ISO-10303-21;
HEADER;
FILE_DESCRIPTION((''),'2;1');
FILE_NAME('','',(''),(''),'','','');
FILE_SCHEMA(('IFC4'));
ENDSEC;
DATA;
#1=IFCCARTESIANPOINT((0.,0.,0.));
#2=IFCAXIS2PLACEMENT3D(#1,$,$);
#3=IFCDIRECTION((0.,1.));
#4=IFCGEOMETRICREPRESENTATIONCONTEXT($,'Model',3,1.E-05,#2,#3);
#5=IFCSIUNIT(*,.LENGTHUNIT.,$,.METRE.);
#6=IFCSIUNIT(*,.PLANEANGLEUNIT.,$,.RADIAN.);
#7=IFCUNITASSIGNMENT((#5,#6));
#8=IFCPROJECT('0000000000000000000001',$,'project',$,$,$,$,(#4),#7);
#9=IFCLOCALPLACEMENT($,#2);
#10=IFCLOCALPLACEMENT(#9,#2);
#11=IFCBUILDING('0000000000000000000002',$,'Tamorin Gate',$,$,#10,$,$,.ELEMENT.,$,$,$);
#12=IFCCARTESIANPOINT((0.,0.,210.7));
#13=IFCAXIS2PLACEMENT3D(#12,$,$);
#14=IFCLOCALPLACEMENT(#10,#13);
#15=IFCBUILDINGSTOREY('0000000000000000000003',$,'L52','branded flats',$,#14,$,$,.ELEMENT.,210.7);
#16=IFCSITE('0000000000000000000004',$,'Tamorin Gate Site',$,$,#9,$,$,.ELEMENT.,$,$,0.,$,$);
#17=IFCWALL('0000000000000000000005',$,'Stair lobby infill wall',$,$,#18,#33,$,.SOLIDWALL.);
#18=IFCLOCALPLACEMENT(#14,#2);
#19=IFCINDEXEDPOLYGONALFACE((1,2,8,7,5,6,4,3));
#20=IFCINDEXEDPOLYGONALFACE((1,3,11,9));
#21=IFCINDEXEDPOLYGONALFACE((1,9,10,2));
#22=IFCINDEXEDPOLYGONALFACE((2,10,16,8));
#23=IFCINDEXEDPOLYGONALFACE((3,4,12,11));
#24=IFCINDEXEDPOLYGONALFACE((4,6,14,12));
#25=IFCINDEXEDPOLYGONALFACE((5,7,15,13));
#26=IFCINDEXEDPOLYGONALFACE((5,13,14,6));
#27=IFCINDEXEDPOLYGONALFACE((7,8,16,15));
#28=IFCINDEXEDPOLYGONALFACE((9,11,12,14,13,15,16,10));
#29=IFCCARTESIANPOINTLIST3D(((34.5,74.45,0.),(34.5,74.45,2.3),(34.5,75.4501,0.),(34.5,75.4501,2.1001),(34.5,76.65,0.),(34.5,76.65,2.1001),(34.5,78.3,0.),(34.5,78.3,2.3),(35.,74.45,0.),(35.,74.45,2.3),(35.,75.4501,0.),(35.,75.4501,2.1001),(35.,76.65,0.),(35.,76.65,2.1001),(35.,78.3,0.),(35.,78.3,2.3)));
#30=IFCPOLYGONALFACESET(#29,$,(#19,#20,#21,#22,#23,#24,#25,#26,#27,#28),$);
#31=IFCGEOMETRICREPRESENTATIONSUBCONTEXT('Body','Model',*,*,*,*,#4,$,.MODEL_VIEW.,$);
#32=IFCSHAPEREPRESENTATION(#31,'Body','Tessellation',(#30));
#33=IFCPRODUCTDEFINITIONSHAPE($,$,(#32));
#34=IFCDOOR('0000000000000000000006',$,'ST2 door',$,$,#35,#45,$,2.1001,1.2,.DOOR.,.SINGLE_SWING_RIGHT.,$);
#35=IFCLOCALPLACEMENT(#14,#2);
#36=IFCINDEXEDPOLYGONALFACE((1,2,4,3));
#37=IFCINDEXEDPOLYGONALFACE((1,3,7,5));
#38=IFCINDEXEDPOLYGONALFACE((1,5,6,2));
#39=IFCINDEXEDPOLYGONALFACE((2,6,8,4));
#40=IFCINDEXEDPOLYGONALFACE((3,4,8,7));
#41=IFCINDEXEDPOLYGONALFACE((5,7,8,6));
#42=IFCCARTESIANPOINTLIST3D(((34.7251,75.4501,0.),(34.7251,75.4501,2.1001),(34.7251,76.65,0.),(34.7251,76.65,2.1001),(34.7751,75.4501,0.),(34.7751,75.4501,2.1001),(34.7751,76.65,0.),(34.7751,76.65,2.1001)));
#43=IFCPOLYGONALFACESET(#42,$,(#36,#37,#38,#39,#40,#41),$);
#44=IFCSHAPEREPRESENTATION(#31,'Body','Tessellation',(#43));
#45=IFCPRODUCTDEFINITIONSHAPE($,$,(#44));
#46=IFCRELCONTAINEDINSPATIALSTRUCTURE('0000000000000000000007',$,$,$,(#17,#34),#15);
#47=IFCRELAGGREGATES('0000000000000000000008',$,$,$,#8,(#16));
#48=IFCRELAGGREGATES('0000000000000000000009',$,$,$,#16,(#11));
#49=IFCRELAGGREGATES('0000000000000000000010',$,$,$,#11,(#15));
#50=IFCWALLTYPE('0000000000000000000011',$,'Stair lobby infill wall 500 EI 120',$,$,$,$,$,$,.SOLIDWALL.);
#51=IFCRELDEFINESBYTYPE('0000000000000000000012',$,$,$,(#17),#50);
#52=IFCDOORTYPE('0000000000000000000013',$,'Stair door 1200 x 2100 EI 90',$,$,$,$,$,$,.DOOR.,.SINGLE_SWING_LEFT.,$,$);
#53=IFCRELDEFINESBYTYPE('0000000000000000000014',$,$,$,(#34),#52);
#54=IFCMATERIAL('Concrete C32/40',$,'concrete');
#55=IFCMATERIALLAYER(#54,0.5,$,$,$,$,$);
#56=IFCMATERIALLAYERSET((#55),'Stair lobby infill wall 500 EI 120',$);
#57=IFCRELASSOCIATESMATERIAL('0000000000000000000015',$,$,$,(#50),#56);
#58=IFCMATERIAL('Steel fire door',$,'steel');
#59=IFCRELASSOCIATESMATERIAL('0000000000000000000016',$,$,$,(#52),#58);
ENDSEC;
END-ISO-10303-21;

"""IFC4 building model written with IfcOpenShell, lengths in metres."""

from ifc_helpers import new_model, si_unit, direction, frame, frame_2d, origin, place, context, subcontext, project, spatial, rectangle, extrude, material, layer, layer_set, type_object, element, fill, save


model = new_model("IFC4")

# Units and contexts
model_context = context("Model", 3, precision=1e-05, world=origin(), true_north=direction((0.0, 1.0)))
body_context = subcontext(model_context, "Body", "Model", "MODEL_VIEW")
ifc_project = project(units=[si_unit("LENGTHUNIT", "METRE"), si_unit("PLANEANGLEUNIT", "RADIAN")], contexts=[model_context])

# Site, building, storey
site_placement = place(None, origin())
site = spatial("IfcSite", under=ifc_project, at=site_placement, Name="Tamorin Gate Site", CompositionType="ELEMENT", RefElevation=0.0)
building_placement = place(site_placement, origin())
building = spatial("IfcBuilding", under=site, at=building_placement, Name="Tamorin Gate", CompositionType="ELEMENT")
storey_placement = place(building_placement, frame((0.0, 0.0, 210.7)))
storey = spatial("IfcBuildingStorey", under=building, at=storey_placement, Name="L52", Description="branded flats", CompositionType="ELEMENT", Elevation=210.7)

# Wall, opening, door
ifc_material_1 = material(Name="Steel fire door", Category="steel")
ifc_material_2 = material(Name="Concrete C32/40", Category="concrete")
ifc_layer_1 = layer(ifc_material_2, 0.5)
ifc_layer_set_1 = layer_set([ifc_layer_1], Name="Stair lobby infill wall 500 EI 120")
wall_type_1 = type_object("IfcWallType", Name="Stair lobby infill wall 500 EI 120", PredefinedType="SOLIDWALL", material=ifc_layer_set_1)
door_type_1 = type_object("IfcDoorType", Name="Stair door 1200 x 2100 EI 90", OperationType="SINGLE_SWING_LEFT", PredefinedType="DOOR", material=ifc_material_1)
wall_1_placement = place(storey_placement, frame((34.75, 74.45, 0.0), z_axis=(0.0, 0.0, 1.0), x_axis=(0.0, 1.0, 0.0)))
wall_1 = element("IfcWall", 1, at=wall_1_placement, inside=storey, type_object=wall_type_1, Name="Stair lobby infill wall", PredefinedType="SOLIDWALL", context=body_context, shape_type="SweptSolid", body=[
    extrude(rectangle(XDim=3.8501, YDim=0.5, at=frame_2d((1.925, 0.0))), origin(), (0.0, 0.0, 1.0), 2.3),
])
opening_1_placement = place(wall_1_placement, frame((1.0, 0.0, 0.0)))
opening_1 = element("IfcOpeningElement", 2, at=opening_1_placement, cuts=wall_1, PredefinedType="OPENING", context=body_context, shape_type="SweptSolid", body=[
    extrude(rectangle(XDim=1.2, YDim=2.1001, at=frame_2d((0.6001, 1.05))), frame((0.0, 0.26, 0.0), z_axis=(0.0, -1.0, 0.0), x_axis=(1.0, 0.0, 0.0)), (0.0, 0.0, 1.0), 0.52),
])
door_1_placement = place(opening_1_placement, origin())
door_1 = element("IfcDoor", 3, at=door_1_placement, inside=storey, type_object=door_type_1, Name="ST2 door", OperationType="SINGLE_SWING_RIGHT", OverallHeight=2.1001, OverallWidth=1.2, PredefinedType="DOOR", context=body_context, shape_type="SweptSolid", body=[
    extrude(rectangle(XDim=1.2, YDim=2.1001, at=frame_2d((0.6001, 1.05))), frame((0.0, 0.0249, 0.0), z_axis=(0.0, -1.0, 0.0), x_axis=(1.0, 0.0, 0.0)), (0.0, 0.0, 1.0), 0.05),
])
fill(opening_1, door_1)

save(model, "model.ifc")
